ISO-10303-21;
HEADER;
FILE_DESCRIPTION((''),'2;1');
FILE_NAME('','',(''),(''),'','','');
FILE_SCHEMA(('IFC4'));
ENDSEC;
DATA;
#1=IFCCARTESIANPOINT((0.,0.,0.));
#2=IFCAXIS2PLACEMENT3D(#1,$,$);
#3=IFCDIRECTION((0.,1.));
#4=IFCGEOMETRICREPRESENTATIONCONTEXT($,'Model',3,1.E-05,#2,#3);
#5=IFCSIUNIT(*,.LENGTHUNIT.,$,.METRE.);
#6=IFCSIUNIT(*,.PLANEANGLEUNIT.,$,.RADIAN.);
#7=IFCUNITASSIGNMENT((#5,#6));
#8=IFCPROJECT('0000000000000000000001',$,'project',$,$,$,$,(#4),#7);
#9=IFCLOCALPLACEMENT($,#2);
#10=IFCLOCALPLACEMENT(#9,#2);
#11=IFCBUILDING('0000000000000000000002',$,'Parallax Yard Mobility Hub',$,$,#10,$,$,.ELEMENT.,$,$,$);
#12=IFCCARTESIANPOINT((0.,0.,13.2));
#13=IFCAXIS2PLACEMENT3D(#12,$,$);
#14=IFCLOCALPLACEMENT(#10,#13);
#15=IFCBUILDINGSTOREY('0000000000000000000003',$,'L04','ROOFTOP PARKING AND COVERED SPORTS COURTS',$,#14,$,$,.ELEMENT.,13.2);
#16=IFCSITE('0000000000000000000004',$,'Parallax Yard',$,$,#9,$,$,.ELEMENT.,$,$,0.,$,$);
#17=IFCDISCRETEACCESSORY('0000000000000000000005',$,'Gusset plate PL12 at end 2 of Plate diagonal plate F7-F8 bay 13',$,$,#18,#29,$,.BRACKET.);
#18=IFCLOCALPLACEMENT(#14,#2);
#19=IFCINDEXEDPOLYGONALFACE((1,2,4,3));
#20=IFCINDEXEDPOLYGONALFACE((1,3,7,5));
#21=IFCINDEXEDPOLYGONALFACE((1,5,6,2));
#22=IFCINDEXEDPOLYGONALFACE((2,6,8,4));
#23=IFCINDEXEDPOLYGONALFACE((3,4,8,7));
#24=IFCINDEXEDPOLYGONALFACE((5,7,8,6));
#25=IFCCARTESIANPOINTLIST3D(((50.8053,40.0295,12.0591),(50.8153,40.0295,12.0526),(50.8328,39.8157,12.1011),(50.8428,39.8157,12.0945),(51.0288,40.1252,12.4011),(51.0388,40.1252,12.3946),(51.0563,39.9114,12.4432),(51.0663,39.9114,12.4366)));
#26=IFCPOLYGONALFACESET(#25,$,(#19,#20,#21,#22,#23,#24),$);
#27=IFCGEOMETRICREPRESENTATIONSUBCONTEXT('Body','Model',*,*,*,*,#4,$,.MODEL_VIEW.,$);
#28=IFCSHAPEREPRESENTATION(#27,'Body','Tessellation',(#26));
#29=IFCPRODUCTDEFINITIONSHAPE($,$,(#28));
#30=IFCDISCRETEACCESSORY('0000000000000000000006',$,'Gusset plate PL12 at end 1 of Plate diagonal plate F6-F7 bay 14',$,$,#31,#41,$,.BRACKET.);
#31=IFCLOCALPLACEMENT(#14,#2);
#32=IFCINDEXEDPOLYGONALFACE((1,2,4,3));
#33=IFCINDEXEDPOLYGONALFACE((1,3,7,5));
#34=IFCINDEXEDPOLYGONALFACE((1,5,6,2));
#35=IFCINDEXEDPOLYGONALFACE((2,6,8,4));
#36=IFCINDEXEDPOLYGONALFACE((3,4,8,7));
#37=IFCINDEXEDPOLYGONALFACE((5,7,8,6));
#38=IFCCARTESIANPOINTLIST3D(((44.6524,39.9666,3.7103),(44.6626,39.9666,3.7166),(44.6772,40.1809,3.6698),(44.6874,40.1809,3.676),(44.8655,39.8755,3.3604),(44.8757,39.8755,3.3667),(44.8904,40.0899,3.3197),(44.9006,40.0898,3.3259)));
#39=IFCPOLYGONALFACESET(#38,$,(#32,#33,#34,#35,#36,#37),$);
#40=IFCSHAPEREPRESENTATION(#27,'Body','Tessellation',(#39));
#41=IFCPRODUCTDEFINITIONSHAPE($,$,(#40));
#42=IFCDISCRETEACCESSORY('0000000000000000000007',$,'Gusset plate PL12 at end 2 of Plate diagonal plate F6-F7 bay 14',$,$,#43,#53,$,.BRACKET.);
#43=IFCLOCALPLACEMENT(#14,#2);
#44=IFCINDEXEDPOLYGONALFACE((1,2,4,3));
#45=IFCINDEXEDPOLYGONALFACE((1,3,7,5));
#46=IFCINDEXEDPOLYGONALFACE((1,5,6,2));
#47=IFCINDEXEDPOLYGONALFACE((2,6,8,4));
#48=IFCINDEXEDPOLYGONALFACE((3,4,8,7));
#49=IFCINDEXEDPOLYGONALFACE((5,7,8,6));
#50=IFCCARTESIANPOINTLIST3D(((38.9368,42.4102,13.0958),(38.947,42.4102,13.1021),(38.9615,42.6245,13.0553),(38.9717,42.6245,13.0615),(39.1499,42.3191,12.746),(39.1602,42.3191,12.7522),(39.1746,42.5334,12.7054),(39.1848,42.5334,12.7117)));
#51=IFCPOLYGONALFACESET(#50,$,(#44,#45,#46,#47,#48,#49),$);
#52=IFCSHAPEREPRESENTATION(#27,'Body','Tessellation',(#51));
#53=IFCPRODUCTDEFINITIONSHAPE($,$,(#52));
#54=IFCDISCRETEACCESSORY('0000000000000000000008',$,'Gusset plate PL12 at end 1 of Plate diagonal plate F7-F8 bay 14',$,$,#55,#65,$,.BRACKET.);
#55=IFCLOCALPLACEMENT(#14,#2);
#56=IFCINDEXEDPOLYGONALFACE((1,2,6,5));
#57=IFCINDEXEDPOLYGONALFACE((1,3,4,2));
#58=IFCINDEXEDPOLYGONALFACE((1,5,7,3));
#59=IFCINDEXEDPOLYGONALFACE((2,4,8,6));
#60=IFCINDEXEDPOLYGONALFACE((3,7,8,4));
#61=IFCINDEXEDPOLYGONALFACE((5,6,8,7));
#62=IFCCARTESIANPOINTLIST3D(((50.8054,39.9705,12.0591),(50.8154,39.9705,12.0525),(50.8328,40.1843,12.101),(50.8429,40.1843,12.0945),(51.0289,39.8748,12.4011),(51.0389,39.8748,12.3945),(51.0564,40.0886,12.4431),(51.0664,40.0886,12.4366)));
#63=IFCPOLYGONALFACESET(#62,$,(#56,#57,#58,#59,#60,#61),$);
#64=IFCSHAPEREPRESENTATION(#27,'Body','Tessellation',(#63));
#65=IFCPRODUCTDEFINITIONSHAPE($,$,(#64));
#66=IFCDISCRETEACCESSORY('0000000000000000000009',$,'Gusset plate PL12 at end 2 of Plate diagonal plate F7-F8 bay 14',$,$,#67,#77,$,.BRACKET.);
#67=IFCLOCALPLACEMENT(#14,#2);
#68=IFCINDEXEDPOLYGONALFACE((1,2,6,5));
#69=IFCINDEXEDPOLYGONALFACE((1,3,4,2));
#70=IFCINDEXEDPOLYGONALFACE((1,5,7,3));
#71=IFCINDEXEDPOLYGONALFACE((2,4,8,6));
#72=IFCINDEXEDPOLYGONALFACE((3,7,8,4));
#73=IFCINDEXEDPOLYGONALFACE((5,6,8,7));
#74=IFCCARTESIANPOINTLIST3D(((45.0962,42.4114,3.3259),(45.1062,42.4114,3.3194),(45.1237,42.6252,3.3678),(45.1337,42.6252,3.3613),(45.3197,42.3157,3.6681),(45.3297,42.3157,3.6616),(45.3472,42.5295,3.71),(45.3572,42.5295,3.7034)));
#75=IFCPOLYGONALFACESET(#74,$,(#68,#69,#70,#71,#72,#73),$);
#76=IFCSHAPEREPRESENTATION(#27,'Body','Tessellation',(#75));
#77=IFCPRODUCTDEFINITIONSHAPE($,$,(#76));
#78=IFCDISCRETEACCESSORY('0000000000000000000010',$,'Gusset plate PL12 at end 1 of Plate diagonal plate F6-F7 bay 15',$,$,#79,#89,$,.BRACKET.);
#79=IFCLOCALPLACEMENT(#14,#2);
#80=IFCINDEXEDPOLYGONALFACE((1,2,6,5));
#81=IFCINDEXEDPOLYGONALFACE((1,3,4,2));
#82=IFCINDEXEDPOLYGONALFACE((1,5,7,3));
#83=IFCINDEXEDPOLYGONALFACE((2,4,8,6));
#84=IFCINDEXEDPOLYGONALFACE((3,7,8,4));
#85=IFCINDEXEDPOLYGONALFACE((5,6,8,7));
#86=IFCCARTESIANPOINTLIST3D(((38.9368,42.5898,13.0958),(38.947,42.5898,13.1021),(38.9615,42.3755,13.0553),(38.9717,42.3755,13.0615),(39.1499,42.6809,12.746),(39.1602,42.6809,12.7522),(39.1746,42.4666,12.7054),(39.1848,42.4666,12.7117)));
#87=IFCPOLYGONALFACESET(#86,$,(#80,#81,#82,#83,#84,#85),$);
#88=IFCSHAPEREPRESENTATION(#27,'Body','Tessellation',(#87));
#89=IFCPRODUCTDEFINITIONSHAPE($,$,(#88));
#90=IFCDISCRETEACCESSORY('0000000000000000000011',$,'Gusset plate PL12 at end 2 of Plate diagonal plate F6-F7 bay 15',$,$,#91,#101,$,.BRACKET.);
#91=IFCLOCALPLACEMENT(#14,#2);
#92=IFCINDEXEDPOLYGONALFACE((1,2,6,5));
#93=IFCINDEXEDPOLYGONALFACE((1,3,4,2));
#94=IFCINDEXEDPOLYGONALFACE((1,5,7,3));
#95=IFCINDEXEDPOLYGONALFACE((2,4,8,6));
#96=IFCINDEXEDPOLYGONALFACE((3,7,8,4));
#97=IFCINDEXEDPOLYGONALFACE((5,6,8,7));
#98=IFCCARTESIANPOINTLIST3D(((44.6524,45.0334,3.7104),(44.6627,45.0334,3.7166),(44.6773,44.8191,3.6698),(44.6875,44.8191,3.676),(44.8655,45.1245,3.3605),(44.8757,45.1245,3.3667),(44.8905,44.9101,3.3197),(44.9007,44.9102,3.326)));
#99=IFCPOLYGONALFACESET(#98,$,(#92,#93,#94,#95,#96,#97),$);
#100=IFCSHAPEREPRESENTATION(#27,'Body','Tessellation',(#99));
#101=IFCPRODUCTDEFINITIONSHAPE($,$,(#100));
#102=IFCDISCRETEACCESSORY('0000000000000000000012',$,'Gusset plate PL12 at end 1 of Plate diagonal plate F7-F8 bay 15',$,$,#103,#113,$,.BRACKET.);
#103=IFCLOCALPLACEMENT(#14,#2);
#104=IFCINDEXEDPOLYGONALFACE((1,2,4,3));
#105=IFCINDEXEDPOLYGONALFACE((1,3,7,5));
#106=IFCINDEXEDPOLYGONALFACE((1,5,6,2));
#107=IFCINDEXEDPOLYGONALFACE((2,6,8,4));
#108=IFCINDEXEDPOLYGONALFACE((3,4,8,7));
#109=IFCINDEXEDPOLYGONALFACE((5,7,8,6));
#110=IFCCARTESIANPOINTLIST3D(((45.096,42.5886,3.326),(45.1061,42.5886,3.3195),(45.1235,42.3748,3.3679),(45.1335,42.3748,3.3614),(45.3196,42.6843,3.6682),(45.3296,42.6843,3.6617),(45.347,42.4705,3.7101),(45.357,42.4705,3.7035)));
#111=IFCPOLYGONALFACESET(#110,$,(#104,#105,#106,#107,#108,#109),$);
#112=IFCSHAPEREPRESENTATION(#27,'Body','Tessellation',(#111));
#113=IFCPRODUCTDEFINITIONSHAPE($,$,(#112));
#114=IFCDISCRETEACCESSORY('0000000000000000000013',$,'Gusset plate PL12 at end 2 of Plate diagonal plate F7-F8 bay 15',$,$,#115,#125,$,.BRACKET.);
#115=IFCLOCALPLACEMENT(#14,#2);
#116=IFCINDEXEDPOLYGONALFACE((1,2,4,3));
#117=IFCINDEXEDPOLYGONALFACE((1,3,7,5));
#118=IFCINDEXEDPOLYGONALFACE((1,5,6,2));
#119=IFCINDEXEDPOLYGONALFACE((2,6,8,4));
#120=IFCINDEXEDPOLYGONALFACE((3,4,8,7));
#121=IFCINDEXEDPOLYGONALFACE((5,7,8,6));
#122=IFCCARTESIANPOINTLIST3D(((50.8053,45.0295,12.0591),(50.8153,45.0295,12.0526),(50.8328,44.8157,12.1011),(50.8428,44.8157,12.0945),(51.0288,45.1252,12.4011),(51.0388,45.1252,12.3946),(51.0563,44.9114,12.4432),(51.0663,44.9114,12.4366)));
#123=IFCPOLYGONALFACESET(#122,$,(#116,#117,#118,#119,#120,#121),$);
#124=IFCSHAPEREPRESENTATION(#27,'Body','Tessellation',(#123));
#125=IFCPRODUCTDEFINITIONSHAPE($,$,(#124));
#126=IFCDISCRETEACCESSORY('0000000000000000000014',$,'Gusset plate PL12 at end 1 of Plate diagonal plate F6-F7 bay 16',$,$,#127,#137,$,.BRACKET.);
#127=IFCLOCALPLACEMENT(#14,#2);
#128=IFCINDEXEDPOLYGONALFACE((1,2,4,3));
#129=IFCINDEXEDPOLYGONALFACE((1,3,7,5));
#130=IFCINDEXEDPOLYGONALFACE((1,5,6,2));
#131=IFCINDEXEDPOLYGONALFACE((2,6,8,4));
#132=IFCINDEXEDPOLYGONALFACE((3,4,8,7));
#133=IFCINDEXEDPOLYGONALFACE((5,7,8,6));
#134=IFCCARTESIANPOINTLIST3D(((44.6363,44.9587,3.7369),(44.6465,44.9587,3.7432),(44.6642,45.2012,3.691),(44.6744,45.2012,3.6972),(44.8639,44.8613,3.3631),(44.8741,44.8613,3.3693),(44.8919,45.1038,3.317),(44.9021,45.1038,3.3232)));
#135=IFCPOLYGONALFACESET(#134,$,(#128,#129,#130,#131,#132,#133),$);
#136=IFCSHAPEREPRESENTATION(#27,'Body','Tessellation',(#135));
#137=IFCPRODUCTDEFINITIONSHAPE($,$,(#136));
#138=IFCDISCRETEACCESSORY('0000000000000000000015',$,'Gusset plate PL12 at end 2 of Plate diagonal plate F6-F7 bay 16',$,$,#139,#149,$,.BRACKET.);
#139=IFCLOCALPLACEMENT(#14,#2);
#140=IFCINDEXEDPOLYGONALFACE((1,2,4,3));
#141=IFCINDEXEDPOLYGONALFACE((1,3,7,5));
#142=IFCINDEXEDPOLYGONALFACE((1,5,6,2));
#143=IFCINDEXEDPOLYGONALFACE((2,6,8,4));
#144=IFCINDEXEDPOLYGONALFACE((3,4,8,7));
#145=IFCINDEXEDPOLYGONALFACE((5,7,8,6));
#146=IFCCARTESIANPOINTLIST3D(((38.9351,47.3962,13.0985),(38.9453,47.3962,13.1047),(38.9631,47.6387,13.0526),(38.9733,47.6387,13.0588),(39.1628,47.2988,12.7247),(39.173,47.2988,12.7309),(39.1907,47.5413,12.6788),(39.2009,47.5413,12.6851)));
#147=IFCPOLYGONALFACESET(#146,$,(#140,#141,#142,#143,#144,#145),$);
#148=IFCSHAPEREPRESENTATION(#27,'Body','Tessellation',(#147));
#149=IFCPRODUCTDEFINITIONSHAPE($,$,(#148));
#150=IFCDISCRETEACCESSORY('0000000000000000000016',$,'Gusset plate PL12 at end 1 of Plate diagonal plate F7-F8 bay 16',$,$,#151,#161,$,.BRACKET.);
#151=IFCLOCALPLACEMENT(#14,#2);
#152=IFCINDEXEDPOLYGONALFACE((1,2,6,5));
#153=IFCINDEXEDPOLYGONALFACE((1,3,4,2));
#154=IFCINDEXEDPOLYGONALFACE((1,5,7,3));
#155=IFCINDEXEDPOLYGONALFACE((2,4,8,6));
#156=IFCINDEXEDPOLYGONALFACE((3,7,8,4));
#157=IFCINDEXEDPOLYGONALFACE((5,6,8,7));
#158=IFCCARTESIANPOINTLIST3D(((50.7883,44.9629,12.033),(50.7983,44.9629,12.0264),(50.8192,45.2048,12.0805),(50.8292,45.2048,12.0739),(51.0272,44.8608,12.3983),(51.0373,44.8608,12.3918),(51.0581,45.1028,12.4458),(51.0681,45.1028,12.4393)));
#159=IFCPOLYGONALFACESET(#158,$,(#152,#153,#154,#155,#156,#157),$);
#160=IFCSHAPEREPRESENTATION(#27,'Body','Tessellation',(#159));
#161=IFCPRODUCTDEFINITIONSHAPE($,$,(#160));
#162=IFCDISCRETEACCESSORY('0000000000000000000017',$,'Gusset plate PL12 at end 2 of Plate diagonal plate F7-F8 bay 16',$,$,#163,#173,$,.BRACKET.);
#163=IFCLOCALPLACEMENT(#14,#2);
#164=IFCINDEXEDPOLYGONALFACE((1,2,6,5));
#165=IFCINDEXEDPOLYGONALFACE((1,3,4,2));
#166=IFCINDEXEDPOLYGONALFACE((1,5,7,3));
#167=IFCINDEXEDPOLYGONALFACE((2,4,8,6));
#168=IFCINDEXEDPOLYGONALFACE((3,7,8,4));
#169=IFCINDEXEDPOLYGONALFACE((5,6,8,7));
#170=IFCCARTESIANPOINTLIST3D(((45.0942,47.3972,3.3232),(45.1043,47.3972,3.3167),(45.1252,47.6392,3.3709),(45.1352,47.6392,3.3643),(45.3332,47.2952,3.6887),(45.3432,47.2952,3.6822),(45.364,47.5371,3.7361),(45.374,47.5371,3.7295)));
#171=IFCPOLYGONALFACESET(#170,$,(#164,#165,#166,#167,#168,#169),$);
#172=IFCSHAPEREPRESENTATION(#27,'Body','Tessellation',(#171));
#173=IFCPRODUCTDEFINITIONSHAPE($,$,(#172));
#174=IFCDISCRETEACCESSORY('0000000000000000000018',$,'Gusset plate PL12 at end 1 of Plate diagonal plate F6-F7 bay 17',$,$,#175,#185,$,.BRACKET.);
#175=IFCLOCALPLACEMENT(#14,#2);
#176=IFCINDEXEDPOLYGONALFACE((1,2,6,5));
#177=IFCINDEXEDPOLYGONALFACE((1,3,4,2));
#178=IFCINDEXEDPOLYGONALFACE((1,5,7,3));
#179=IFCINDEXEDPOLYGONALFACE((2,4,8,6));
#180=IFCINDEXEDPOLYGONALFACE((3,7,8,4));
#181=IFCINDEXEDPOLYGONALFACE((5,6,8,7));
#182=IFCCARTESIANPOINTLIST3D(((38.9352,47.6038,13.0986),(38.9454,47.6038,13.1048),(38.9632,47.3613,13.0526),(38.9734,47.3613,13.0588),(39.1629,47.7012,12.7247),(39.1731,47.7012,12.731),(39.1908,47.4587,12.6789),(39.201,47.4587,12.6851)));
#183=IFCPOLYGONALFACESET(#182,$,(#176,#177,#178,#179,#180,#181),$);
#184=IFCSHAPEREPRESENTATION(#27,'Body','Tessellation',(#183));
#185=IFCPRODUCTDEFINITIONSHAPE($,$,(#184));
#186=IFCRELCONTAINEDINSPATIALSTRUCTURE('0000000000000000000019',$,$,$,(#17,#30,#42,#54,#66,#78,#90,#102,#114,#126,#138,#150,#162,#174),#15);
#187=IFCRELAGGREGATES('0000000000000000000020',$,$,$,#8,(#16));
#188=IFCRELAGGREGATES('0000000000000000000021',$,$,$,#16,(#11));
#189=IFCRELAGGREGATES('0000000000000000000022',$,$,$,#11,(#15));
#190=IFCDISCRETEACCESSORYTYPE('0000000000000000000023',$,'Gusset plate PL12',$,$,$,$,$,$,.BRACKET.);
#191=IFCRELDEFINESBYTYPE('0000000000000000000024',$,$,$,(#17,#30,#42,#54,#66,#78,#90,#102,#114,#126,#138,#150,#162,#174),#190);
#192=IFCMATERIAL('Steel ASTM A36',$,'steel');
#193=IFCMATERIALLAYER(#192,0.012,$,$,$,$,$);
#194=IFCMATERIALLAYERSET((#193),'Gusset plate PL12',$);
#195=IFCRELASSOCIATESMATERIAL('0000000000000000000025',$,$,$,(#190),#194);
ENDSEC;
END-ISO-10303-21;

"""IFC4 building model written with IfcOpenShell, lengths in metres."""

from ifc_helpers import new_model, si_unit, direction, frame, origin, place, context, subcontext, project, spatial, polyline, outline, extrude, material, layer, layer_set, type_object, element, save


model = new_model("IFC4")

# Units and contexts
model_context = context("Model", 3, precision=1e-05, world=origin(), true_north=direction((0.0, 1.0)))
body_context = subcontext(model_context, "Body", "Model", "MODEL_VIEW")
ifc_project = project(units=[si_unit("LENGTHUNIT", "METRE"), si_unit("PLANEANGLEUNIT", "RADIAN")], contexts=[model_context])

# Site, building, storey
site_placement = place(None, origin())
site = spatial("IfcSite", under=ifc_project, at=site_placement, Name="Parallax Yard", CompositionType="ELEMENT", RefElevation=0.0)
building_placement = place(site_placement, origin())
building = spatial("IfcBuilding", under=site, at=building_placement, Name="Parallax Yard Mobility Hub", CompositionType="ELEMENT")
storey_placement = place(building_placement, frame((0.0, 0.0, 13.2)))
storey = spatial("IfcBuildingStorey", under=building, at=storey_placement, Name="L04", Description="ROOFTOP PARKING AND COVERED SPORTS COURTS", CompositionType="ELEMENT", Elevation=13.2)

# Discrete accessories
ifc_material_1 = material(Name="Steel ASTM A36", Category="steel")
ifc_layer = layer(ifc_material_1, 0.012)
ifc_layer_set = layer_set([ifc_layer], Name="Gusset plate PL12")
discrete_accessory_type = type_object("IfcDiscreteAccessoryType", Name="Gusset plate PL12", PredefinedType="BRACKET", material=ifc_layer_set)
discrete_accessory_1_placement = place(storey_placement, frame((50.8328, 39.8157, 12.1011), z_axis=(-0.837105, -0.000095, 0.547043), x_axis=(0.532614, 0.228018, 0.815065)))
element("IfcDiscreteAccessory", 1, at=discrete_accessory_1_placement, inside=storey, type_object=discrete_accessory_type, Name="Gusset plate PL12 at end 2 of Plate diagonal plate F7-F8 bay 13", PredefinedType="BRACKET", context=body_context, shape_type="SweptSolid", body=[
    extrude(outline(polyline([(0.0, 0.0), (0.4197, 0.0), (0.4196, 0.2197), (0.0, 0.2197), (0.0, 0.0)])), origin(), (0.0, 0.0, -1.0), 0.012),
])
discrete_accessory_2_placement = place(storey_placement, frame((44.6626, 39.9666, 3.7166), z_axis=(0.854019, -0.000558, 0.520242), x_axis=(0.507743, -0.216994, -0.833733)))
element("IfcDiscreteAccessory", 2, at=discrete_accessory_2_placement, inside=storey, type_object=discrete_accessory_type, Name="Gusset plate PL12 at end 1 of Plate diagonal plate F6-F7 bay 14", PredefinedType="BRACKET", context=body_context, shape_type="SweptSolid", body=[
    extrude(outline(polyline([(0.0, 0.0), (0.4197, 0.0), (0.4198, 0.2196), (-0.0001, 0.2196), (0.0, 0.0)])), origin(), (0.0, 0.0, -1.0), 0.012),
])
discrete_accessory_3_placement = place(storey_placement, frame((39.1848, 42.5334, 12.7117), z_axis=(0.854017, 0.00012, 0.520246), x_axis=(-0.507872, 0.216994, 0.833654)))
element("IfcDiscreteAccessory", 3, at=discrete_accessory_3_placement, inside=storey, type_object=discrete_accessory_type, Name="Gusset plate PL12 at end 2 of Plate diagonal plate F6-F7 bay 14", PredefinedType="BRACKET", context=body_context, shape_type="SweptSolid", body=[
    extrude(outline(polyline([(0.0, 0.0), (0.4197, 0.0), (0.4195, 0.2195), (-0.0002, 0.2195), (0.0, 0.0)])), origin(), (0.0, 0.0, -1.0), 0.012),
])
discrete_accessory_4_placement = place(storey_placement, frame((50.8054, 39.9705, 12.0591), z_axis=(-0.837105, 0.000095, 0.547043), x_axis=(0.532605, -0.228089, 0.815051)))
element("IfcDiscreteAccessory", 4, at=discrete_accessory_4_placement, inside=storey, type_object=discrete_accessory_type, Name="Gusset plate PL12 at end 1 of Plate diagonal plate F7-F8 bay 14", PredefinedType="BRACKET", context=body_context, shape_type="SweptSolid", body=[
    extrude(outline(polyline([(0.0, 0.0), (0.4196, 0.0), (0.4197, 0.2197), (0.0, 0.2197), (0.0, 0.0)])), origin(), (0.0, 0.0, -1.0), 0.012),
])
discrete_accessory_5_placement = place(storey_placement, frame((45.3472, 42.5295, 3.71), z_axis=(-0.837152, 0.000427, 0.546971), x_axis=(-0.532481, 0.228018, -0.815152)))
element("IfcDiscreteAccessory", 5, at=discrete_accessory_5_placement, inside=storey, type_object=discrete_accessory_type, Name="Gusset plate PL12 at end 2 of Plate diagonal plate F7-F8 bay 14", PredefinedType="BRACKET", context=body_context, shape_type="SweptSolid", body=[
    extrude(outline(polyline([(0.0, 0.0), (0.4197, 0.0), (0.4197, 0.2197), (0.0, 0.2196), (0.0, 0.0)])), origin(), (0.0, 0.0, -1.0), 0.012),
])
discrete_accessory_6_placement = place(storey_placement, frame((39.1602, 42.6809, 12.7522), z_axis=(0.854017, -0.00012, 0.520246), x_axis=(-0.507872, -0.216994, 0.833654)))
element("IfcDiscreteAccessory", 6, at=discrete_accessory_6_placement, inside=storey, type_object=discrete_accessory_type, Name="Gusset plate PL12 at end 1 of Plate diagonal plate F6-F7 bay 15", PredefinedType="BRACKET", context=body_context, shape_type="SweptSolid", body=[
    extrude(outline(polyline([(0.0, 0.0), (0.4197, 0.0), (0.4199, 0.2195), (0.0002, 0.2195), (0.0, 0.0)])), origin(), (0.0, 0.0, -1.0), 0.012),
])
discrete_accessory_7_placement = place(storey_placement, frame((44.6875, 44.8191, 3.676), z_axis=(0.854019, 0.000558, 0.520242), x_axis=(0.507755, 0.216889, -0.833753)))
element("IfcDiscreteAccessory", 7, at=discrete_accessory_7_placement, inside=storey, type_object=discrete_accessory_type, Name="Gusset plate PL12 at end 2 of Plate diagonal plate F6-F7 bay 15", PredefinedType="BRACKET", context=body_context, shape_type="SweptSolid", body=[
    extrude(outline(polyline([(0.0, 0.0), (0.4199, 0.0), (0.4197, 0.2196), (0.0001, 0.2196), (0.0, 0.0)])), origin(), (0.0, 0.0, -1.0), 0.012),
])
discrete_accessory_8_placement = place(storey_placement, frame((45.3196, 42.6843, 3.6682), z_axis=(-0.837152, -0.000427, 0.546971), x_axis=(-0.532485, -0.227981, -0.815159)))
element("IfcDiscreteAccessory", 8, at=discrete_accessory_8_placement, inside=storey, type_object=discrete_accessory_type, Name="Gusset plate PL12 at end 1 of Plate diagonal plate F7-F8 bay 15", PredefinedType="BRACKET", context=body_context, shape_type="SweptSolid", body=[
    extrude(outline(polyline([(0.0, 0.0), (0.4198, 0.0), (0.4198, 0.2197), (0.0, 0.2196), (0.0, 0.0)])), origin(), (0.0, 0.0, -1.0), 0.012),
])
discrete_accessory_9_placement = place(storey_placement, frame((50.8328, 44.8157, 12.1011), z_axis=(-0.837105, -0.000095, 0.547043), x_axis=(0.532614, 0.228018, 0.815065)))
element("IfcDiscreteAccessory", 9, at=discrete_accessory_9_placement, inside=storey, type_object=discrete_accessory_type, Name="Gusset plate PL12 at end 2 of Plate diagonal plate F7-F8 bay 15", PredefinedType="BRACKET", context=body_context, shape_type="SweptSolid", body=[
    extrude(outline(polyline([(0.0, 0.0), (0.4197, 0.0), (0.4196, 0.2197), (0.0, 0.2197), (0.0, 0.0)])), origin(), (0.0, 0.0, -1.0), 0.012),
])
discrete_accessory_10_placement = place(storey_placement, frame((44.6465, 44.9587, 3.7432), z_axis=(0.854155, 0.000225, 0.520019), x_axis=(0.507643, -0.217232, -0.833732)))
element("IfcDiscreteAccessory", 10, at=discrete_accessory_10_placement, inside=storey, type_object=discrete_accessory_type, Name="Gusset plate PL12 at end 1 of Plate diagonal plate F6-F7 bay 16", PredefinedType="BRACKET", context=body_context, shape_type="SweptSolid", body=[
    extrude(outline(polyline([(0.0, 0.0), (0.4484, 0.0), (0.4484, 0.2483), (-0.0001, 0.2483), (0.0, 0.0)])), origin(), (0.0, 0.0, -1.0), 0.012),
])
discrete_accessory_11_placement = place(storey_placement, frame((39.2009, 47.5413, 12.6851), z_axis=(0.854054, 0.000006, 0.520185), x_axis=(-0.507757, 0.217292, 0.833647)))
element("IfcDiscreteAccessory", 11, at=discrete_accessory_11_placement, inside=storey, type_object=discrete_accessory_type, Name="Gusset plate PL12 at end 2 of Plate diagonal plate F6-F7 bay 16", PredefinedType="BRACKET", context=body_context, shape_type="SweptSolid", body=[
    extrude(outline(polyline([(0.0, 0.0), (0.4483, 0.0), (0.4481, 0.2483), (-0.0003, 0.2483), (0.0, 0.0)])), origin(), (0.0, 0.0, -1.0), 0.012),
])
discrete_accessory_12_placement = place(storey_placement, frame((50.7883, 44.9629, 12.033), z_axis=(-0.837034, -0.000541, 0.547151), x_axis=(0.532891, -0.227624, 0.814994)))
element("IfcDiscreteAccessory", 12, at=discrete_accessory_12_placement, inside=storey, type_object=discrete_accessory_type, Name="Gusset plate PL12 at end 1 of Plate diagonal plate F7-F8 bay 16", PredefinedType="BRACKET", context=body_context, shape_type="SweptSolid", body=[
    extrude(outline(polyline([(0.0, 0.0), (0.4483, 0.0), (0.4484, 0.2485), (0.0001, 0.2485), (0.0, 0.0)])), origin(), (0.0, 0.0, -1.0), 0.012),
])
discrete_accessory_13_placement = place(storey_placement, frame((45.364, 47.5371, 3.7361), z_axis=(-0.837034, -0.000541, 0.547151), x_axis=(-0.532878, 0.227725, -0.814974)))
element("IfcDiscreteAccessory", 13, at=discrete_accessory_13_placement, inside=storey, type_object=discrete_accessory_type, Name="Gusset plate PL12 at end 2 of Plate diagonal plate F7-F8 bay 16", PredefinedType="BRACKET", context=body_context, shape_type="SweptSolid", body=[
    extrude(outline(polyline([(0.0, 0.0), (0.4481, 0.0), (0.4484, 0.2485), (-0.0001, 0.2484), (0.0, 0.0)])), origin(), (0.0, 0.0, -1.0), 0.012),
])
discrete_accessory_14_placement = place(storey_placement, frame((39.1731, 47.7012, 12.731), z_axis=(0.854054, -0.000006, 0.520185), x_axis=(-0.507764, -0.217232, 0.833658)))
element("IfcDiscreteAccessory", 14, at=discrete_accessory_14_placement, inside=storey, type_object=discrete_accessory_type, Name="Gusset plate PL12 at end 1 of Plate diagonal plate F6-F7 bay 17", PredefinedType="BRACKET", context=body_context, shape_type="SweptSolid", body=[
    extrude(outline(polyline([(0.0, 0.0), (0.4484, 0.0), (0.4486, 0.2483), (0.0003, 0.2483), (0.0, 0.0)])), origin(), (0.0, 0.0, -1.0), 0.012),
])

save(model, "model.ifc")
